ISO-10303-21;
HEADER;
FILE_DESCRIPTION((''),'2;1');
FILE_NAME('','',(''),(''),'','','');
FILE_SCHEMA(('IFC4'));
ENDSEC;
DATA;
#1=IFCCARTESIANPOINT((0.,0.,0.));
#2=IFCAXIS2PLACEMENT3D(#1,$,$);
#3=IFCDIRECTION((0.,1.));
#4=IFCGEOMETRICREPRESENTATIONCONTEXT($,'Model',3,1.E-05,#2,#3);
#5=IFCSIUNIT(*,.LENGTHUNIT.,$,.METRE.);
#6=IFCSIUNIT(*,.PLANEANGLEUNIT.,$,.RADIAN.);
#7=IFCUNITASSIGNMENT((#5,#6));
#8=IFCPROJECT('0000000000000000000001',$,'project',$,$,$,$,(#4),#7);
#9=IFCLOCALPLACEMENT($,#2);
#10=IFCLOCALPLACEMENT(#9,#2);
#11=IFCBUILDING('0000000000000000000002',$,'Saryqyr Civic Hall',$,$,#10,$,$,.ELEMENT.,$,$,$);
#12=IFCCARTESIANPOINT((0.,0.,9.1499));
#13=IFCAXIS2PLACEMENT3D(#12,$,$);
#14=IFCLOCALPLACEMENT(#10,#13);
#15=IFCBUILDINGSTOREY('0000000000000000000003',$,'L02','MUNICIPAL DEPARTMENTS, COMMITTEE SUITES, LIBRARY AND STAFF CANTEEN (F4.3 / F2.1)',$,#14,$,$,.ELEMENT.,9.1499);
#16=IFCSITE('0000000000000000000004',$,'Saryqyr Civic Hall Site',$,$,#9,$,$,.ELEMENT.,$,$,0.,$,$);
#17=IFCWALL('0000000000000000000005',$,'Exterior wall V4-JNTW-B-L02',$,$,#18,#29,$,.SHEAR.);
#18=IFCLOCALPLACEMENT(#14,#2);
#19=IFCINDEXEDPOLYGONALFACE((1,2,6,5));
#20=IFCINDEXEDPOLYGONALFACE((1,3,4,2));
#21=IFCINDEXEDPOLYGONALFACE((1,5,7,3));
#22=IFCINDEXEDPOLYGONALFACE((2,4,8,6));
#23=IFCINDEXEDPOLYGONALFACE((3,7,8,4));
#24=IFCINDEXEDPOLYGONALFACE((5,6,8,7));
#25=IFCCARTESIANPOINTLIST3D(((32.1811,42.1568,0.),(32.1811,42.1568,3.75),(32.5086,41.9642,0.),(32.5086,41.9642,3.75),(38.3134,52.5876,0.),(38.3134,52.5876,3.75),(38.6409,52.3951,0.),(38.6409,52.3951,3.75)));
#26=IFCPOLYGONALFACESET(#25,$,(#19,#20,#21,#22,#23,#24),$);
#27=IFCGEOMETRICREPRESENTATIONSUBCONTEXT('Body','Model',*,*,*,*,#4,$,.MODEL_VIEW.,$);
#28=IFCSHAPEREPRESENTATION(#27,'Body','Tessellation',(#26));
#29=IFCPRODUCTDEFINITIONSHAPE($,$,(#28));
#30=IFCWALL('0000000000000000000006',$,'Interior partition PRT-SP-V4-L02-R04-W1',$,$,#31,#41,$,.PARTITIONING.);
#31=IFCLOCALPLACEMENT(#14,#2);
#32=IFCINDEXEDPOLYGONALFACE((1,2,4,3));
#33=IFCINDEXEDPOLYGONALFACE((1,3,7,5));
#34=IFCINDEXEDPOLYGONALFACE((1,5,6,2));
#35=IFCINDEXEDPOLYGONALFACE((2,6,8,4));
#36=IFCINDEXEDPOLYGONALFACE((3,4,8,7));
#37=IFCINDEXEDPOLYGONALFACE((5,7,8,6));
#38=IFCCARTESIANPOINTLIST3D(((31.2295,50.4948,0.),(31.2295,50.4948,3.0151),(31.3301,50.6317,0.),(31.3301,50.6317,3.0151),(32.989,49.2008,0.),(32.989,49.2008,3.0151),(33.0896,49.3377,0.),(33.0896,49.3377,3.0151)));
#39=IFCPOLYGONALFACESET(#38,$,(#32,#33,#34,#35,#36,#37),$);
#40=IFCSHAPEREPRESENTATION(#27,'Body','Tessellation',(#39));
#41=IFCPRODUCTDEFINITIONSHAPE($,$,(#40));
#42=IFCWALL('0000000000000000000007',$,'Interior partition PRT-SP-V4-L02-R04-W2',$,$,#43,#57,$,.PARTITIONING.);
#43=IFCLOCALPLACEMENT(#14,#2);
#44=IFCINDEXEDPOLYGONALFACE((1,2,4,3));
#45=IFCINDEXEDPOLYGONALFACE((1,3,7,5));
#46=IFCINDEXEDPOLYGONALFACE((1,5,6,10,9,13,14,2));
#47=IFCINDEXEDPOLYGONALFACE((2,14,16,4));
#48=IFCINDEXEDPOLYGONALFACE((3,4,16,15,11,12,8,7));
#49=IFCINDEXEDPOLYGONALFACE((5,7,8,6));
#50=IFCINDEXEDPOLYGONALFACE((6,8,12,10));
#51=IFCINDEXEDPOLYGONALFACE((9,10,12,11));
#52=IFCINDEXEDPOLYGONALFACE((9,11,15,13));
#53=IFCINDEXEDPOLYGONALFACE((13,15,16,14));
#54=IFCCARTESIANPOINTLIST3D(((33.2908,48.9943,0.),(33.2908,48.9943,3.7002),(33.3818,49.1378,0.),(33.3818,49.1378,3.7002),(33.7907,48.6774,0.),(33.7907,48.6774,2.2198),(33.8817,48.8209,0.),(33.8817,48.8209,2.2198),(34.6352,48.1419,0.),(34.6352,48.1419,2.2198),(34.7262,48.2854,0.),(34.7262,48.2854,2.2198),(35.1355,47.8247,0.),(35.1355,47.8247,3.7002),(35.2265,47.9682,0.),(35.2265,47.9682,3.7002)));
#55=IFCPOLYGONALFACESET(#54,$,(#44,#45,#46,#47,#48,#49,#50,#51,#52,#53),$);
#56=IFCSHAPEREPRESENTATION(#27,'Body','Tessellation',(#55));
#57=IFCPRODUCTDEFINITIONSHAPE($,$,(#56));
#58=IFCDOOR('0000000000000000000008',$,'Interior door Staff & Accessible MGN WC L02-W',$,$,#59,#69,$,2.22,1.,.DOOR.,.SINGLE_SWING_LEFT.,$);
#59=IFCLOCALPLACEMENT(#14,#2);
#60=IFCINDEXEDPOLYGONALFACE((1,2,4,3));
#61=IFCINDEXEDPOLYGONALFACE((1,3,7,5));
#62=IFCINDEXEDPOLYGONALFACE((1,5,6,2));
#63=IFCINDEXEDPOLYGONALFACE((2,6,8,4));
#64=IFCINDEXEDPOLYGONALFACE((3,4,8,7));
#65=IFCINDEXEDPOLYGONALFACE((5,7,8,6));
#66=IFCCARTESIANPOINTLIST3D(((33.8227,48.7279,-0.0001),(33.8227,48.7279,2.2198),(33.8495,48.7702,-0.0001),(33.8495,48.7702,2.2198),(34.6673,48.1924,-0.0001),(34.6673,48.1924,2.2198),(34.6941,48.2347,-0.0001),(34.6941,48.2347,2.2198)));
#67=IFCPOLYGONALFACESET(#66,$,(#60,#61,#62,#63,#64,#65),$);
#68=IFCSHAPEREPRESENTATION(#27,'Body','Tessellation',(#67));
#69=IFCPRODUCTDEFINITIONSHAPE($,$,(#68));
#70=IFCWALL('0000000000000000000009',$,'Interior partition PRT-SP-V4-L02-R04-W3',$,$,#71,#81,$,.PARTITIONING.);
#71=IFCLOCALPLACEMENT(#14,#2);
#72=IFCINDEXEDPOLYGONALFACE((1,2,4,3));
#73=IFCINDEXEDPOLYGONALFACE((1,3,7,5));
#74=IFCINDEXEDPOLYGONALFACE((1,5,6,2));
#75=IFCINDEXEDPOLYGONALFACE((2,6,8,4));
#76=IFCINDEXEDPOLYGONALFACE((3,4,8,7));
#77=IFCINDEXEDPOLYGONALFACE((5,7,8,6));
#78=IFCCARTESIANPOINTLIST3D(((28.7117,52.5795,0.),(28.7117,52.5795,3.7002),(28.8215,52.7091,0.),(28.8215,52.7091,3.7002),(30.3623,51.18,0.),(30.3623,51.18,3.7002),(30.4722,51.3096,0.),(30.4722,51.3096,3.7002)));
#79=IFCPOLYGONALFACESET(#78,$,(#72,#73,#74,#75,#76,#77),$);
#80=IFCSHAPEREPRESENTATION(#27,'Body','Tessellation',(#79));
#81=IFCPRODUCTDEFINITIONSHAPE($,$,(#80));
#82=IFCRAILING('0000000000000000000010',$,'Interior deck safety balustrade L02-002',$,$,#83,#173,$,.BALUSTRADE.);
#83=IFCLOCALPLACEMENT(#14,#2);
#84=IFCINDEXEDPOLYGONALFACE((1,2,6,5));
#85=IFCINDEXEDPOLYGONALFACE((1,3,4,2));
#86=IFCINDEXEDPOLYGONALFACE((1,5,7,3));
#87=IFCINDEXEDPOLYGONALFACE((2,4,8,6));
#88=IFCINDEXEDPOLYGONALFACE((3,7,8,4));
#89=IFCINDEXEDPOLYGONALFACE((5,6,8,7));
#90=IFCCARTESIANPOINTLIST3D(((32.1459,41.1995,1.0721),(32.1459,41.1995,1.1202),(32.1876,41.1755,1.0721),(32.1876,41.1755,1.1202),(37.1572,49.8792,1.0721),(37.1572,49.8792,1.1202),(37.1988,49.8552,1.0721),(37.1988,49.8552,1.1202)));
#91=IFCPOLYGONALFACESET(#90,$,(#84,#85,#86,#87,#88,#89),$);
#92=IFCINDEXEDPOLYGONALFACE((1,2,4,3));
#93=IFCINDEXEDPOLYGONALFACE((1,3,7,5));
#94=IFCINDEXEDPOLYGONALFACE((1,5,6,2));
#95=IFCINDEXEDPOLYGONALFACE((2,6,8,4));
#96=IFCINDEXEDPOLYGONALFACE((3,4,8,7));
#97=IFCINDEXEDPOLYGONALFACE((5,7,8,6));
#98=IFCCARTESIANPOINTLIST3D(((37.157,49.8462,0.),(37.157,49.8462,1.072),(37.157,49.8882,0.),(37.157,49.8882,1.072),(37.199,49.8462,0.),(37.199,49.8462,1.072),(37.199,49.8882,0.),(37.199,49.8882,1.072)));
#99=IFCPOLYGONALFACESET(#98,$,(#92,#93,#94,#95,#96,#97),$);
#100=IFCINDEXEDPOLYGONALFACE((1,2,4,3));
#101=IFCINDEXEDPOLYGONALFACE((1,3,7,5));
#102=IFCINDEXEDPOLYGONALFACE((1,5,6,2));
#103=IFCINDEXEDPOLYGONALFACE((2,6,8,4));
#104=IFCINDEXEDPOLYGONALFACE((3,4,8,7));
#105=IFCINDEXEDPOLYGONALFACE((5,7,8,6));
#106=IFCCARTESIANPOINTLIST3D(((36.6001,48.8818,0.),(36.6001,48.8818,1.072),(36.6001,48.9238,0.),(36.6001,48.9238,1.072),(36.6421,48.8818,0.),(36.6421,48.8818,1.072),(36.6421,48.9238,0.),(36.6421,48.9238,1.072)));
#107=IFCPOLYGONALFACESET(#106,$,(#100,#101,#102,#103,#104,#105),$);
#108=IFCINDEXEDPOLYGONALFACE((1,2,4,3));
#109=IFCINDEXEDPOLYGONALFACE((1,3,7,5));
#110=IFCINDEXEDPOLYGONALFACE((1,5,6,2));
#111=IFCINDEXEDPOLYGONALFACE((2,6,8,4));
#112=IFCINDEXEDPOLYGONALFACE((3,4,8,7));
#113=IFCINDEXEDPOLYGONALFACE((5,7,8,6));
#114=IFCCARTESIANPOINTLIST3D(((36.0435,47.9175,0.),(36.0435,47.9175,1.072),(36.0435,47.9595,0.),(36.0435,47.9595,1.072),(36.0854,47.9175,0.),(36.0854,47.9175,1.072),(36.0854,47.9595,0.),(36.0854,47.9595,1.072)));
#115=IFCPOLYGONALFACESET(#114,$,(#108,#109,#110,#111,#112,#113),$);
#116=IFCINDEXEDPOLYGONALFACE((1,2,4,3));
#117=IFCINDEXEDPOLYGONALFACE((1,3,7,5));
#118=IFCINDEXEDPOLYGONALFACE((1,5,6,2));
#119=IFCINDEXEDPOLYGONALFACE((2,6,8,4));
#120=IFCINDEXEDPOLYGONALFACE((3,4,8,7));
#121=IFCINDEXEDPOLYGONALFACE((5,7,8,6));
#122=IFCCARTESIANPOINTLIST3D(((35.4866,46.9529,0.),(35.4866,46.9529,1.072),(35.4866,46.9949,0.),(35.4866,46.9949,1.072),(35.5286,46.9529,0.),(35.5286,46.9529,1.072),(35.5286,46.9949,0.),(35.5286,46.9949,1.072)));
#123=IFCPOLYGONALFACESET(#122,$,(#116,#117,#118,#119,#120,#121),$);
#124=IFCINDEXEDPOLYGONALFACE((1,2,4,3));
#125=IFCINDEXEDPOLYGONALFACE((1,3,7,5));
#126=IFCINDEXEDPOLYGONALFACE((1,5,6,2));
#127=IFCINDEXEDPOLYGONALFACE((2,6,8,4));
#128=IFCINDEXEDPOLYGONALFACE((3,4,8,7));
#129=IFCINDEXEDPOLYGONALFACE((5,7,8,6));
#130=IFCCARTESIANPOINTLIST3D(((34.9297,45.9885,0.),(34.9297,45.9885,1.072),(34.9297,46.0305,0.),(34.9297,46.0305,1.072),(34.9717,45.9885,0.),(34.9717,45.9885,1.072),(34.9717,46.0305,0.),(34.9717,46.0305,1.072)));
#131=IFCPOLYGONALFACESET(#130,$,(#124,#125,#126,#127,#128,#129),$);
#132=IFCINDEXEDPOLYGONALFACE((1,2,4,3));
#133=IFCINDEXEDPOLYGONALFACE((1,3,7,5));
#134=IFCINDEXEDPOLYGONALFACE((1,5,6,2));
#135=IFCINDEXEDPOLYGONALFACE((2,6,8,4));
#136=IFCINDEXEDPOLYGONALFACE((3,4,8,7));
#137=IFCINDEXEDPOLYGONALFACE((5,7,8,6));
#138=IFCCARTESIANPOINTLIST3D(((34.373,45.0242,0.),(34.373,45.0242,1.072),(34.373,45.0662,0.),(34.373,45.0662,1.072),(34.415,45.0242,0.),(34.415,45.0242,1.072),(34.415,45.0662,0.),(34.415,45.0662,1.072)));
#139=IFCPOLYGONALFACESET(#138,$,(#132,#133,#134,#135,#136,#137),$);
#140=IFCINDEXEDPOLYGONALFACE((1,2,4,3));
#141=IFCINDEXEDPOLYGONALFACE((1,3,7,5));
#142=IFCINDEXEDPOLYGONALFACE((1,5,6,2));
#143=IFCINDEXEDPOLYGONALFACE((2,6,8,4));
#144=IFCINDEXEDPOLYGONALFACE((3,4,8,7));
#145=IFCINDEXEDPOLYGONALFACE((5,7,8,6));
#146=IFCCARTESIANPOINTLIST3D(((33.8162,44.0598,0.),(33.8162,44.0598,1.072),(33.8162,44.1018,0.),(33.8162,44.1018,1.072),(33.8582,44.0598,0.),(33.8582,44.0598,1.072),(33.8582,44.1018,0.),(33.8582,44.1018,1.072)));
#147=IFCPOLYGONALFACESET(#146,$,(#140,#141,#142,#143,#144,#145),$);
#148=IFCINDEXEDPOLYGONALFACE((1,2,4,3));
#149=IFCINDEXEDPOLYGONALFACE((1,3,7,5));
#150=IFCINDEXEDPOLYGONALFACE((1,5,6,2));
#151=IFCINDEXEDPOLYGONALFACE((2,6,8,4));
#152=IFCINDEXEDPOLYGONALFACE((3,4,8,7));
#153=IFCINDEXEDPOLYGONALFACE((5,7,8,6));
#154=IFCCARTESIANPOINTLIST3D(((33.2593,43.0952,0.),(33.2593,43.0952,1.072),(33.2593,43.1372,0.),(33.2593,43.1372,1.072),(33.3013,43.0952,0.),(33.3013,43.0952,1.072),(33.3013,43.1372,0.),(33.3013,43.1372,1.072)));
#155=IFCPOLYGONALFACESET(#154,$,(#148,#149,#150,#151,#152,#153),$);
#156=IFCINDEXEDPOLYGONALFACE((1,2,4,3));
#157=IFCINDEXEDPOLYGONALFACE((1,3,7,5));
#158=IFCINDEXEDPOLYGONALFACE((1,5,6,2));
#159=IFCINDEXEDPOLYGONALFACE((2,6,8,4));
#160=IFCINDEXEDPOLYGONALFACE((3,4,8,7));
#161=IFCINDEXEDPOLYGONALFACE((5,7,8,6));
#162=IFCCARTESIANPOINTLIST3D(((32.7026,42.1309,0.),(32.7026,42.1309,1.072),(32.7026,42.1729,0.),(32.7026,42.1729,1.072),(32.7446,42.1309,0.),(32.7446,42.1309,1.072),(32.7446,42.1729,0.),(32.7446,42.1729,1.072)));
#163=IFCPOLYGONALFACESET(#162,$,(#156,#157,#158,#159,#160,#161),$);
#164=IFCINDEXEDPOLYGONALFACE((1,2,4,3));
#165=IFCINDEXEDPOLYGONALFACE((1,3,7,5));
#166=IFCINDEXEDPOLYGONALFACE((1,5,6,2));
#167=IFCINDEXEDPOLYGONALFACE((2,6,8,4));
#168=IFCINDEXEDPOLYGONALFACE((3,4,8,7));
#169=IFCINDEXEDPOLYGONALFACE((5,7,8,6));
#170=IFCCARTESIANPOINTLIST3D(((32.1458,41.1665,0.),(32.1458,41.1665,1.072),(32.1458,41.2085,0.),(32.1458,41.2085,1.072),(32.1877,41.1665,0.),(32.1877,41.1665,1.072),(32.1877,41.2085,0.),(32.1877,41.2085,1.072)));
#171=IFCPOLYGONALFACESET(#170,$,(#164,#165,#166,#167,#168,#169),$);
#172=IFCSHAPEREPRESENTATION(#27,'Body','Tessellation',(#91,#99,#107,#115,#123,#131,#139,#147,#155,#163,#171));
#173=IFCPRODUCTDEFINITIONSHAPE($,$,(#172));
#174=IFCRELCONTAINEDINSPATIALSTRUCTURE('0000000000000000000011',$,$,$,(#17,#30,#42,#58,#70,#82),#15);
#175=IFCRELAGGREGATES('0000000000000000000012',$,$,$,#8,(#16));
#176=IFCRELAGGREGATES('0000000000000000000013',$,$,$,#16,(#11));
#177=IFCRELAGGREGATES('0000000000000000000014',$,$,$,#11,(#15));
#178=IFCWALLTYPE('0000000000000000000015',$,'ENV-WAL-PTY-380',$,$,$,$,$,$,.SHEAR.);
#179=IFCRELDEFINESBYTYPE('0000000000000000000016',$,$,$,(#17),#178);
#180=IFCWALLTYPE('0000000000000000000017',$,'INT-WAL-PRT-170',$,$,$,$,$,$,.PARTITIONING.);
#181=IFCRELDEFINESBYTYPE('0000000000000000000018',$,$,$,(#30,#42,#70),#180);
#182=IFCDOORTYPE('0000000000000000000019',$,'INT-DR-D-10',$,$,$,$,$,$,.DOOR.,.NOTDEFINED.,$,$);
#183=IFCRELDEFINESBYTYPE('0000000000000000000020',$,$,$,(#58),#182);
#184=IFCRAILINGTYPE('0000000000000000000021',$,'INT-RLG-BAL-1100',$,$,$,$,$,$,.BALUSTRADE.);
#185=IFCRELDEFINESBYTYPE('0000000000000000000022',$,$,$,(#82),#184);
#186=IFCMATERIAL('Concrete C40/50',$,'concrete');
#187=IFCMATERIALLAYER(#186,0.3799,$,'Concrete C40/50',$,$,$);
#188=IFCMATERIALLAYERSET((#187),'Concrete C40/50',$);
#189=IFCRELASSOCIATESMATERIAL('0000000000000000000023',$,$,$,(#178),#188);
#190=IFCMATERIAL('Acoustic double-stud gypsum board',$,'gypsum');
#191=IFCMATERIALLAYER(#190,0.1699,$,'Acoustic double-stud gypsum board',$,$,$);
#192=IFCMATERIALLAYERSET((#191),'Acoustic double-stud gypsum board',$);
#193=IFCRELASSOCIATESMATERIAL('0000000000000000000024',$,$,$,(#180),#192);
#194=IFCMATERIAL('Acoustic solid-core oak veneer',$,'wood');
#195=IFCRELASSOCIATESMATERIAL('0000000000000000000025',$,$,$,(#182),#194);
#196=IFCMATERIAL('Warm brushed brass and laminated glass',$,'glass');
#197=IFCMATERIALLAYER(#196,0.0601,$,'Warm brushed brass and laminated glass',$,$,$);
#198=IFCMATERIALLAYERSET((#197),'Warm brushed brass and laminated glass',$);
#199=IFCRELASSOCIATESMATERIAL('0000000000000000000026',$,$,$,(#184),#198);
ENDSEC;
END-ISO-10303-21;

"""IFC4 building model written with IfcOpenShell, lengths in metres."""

from ifc_helpers import new_model, si_unit, direction, frame, frame_2d, origin, origin_2d, place, context, subcontext, project, spatial, rectangle, extrude, material, layer, layer_set, type_object, element, fill, save


model = new_model("IFC4")

# Units and contexts
model_context = context("Model", 3, precision=1e-05, world=origin(), true_north=direction((0.0, 1.0)))
body_context = subcontext(model_context, "Body", "Model", "MODEL_VIEW")
ifc_project = project(units=[si_unit("LENGTHUNIT", "METRE"), si_unit("PLANEANGLEUNIT", "RADIAN")], contexts=[model_context])

# Site, building, storey
site_placement = place(None, origin())
site = spatial("IfcSite", under=ifc_project, at=site_placement, Name="Saryqyr Civic Hall Site", CompositionType="ELEMENT", RefElevation=0.0)
building_placement = place(site_placement, origin())
building = spatial("IfcBuilding", under=site, at=building_placement, Name="Saryqyr Civic Hall", CompositionType="ELEMENT")
storey_placement = place(building_placement, frame((0.0, 0.0, 9.1499)))
storey = spatial("IfcBuildingStorey", under=building, at=storey_placement, Name="L02", Description="MUNICIPAL DEPARTMENTS, COMMITTEE SUITES, LIBRARY AND STAFF CANTEEN (F4.3 / F2.1)", CompositionType="ELEMENT", Elevation=9.1499)

# Shared definitions
ifc_material_1 = material(Name="Concrete C40/50", Category="concrete")

# Walls
ifc_layer_1 = layer(ifc_material_1, 0.3799, Name="Concrete C40/50")
ifc_layer_set_1 = layer_set([ifc_layer_1], Name="Concrete C40/50")
wall_type_1 = type_object("IfcWallType", Name="ENV-WAL-PTY-380", PredefinedType="SHEAR", material=ifc_layer_set_1)
wall_1_placement = place(storey_placement, frame((38.4771, 52.4912, 0.0), z_axis=(0.0, 0.0, 1.0), x_axis=(-0.506805, -0.862061, 0.0)))
element("IfcWall", 1, at=wall_1_placement, inside=storey, type_object=wall_type_1, Name="Exterior wall V4-JNTW-B-L02", PredefinedType="SHEAR", context=body_context, shape_type="SweptSolid", body=[
    extrude(rectangle(XDim=12.0999, YDim=0.3799, at=frame_2d((6.0498, 0.0))), origin(), (0.0, 0.0, 1.0), 3.75),
])
ifc_material_2 = material(Name="Acoustic double-stud gypsum board", Category="gypsum")
ifc_layer_2 = layer(ifc_material_2, 0.1699, Name="Acoustic double-stud gypsum board")
ifc_layer_set_2 = layer_set([ifc_layer_2], Name="Acoustic double-stud gypsum board")
wall_type_2 = type_object("IfcWallType", Name="INT-WAL-PRT-170", PredefinedType="PARTITIONING", material=ifc_layer_set_2)
wall_2_placement = place(storey_placement, frame((31.2798, 50.5632, 0.0), z_axis=(0.0, 0.0, 1.0), x_axis=(0.805612, -0.592444, 0.0)))
element("IfcWall", 2, at=wall_2_placement, inside=storey, type_object=wall_type_2, Name="Interior partition PRT-SP-V4-L02-R04-W1", PredefinedType="PARTITIONING", context=body_context, shape_type="SweptSolid", body=[
    extrude(rectangle(XDim=2.1841, YDim=0.1699, at=frame_2d((1.092, 0.0))), origin(), (0.0, 0.0, 1.0), 3.0151),
])

# Wall, opening, door
wall_3_placement = place(storey_placement, frame((33.3362, 49.0662, 0.0), z_axis=(0.0, 0.0, 1.0), x_axis=(0.844539, -0.535493, 0.0)))
wall_3 = element("IfcWall", 3, at=wall_3_placement, inside=storey, type_object=wall_type_2, Name="Interior partition PRT-SP-V4-L02-R04-W2", PredefinedType="PARTITIONING", context=body_context, shape_type="SweptSolid", body=[
    extrude(rectangle(XDim=2.1843, YDim=0.1699, at=frame_2d((1.0923, 0.0))), origin(), (0.0, 0.0, 1.0), 3.7002),
])
opening_1_placement = place(wall_3_placement, frame((0.592, 0.0, 0.0)))
opening_1 = element("IfcOpeningElement", 4, at=opening_1_placement, cuts=wall_3, PredefinedType="OPENING", context=body_context, shape_type="SweptSolid", body=[
    extrude(rectangle(XDim=1.0, YDim=2.22, at=frame_2d((0.5, 1.1099))), frame((0.0, 0.095, 0.0), z_axis=(0.0, -1.0, 0.0), x_axis=(1.0, 0.0, 0.0)), (0.0, 0.0, 1.0), 0.1899),
])
ifc_material_3 = material(Name="Acoustic solid-core oak veneer", Category="wood")
door_type = type_object("IfcDoorType", Name="INT-DR-D-10", OperationType="NOTDEFINED", PredefinedType="DOOR", material=ifc_material_3)
door_placement = place(opening_1_placement, origin())
door = element("IfcDoor", 5, at=door_placement, inside=storey, type_object=door_type, Name="Interior door Staff & Accessible MGN WC L02-W", OperationType="SINGLE_SWING_LEFT", OverallHeight=2.22, OverallWidth=1.0, PredefinedType="DOOR", context=body_context, shape_type="SweptSolid", body=[
    extrude(rectangle(XDim=1.0, YDim=2.22, at=frame_2d((0.5, 1.1099))), frame((0.0, 0.0249, 0.0), z_axis=(0.0, -1.0, 0.0), x_axis=(1.0, 0.0, 0.0)), (0.0, 0.0, 1.0), 0.05),
])
fill(opening_1, door)

# Wall
wall_4_placement = place(storey_placement, frame((28.7666, 52.6443, 0.0), z_axis=(0.0, 0.0, 1.0), x_axis=(0.762765, -0.646675, 0.0)))
element("IfcWall", 6, at=wall_4_placement, inside=storey, type_object=wall_type_2, Name="Interior partition PRT-SP-V4-L02-R04-W3", PredefinedType="PARTITIONING", context=body_context, shape_type="SweptSolid", body=[
    extrude(rectangle(XDim=2.1641, YDim=0.1699, at=frame_2d((1.082, 0.0))), origin(), (0.0, 0.0, 1.0), 3.7002),
])

# Railing
ifc_material_4 = material(Name="Warm brushed brass and laminated glass", Category="glass")
ifc_layer_3 = layer(ifc_material_4, 0.0601, Name="Warm brushed brass and laminated glass")
ifc_layer_set_3 = layer_set([ifc_layer_3], Name="Warm brushed brass and laminated glass")
railing_type = type_object("IfcRailingType", Name="INT-RLG-BAL-1100", PredefinedType="BALUSTRADE", material=ifc_layer_set_3)
railing_1_placement = place(storey_placement, frame((37.178, 49.8672, 0.0)))
element("IfcRailing", 7, at=railing_1_placement, inside=storey, type_object=railing_type, Name="Interior deck safety balustrade L02-002", PredefinedType="BALUSTRADE", context=body_context, shape_type="SweptSolid", body=[
    extrude(rectangle(XDim=0.0481, YDim=0.0481, at=origin_2d()), frame((0.0, 0.0, 1.0962), z_axis=(-0.500001, -0.866025, 0.0), x_axis=(0.866025, -0.500001, 0.0)), (0.0, 0.0, 1.0), 10.0225),
    extrude(rectangle(XDim=0.042, YDim=0.042, at=origin_2d()), origin(), (0.0, 0.0, 1.0), 1.072),
    extrude(rectangle(XDim=0.042, YDim=0.042, at=origin_2d()), frame((-0.5569, -0.9644, 0.0)), (0.0, 0.0, 1.0), 1.072),
    extrude(rectangle(XDim=0.042, YDim=0.042, at=origin_2d()), frame((-1.1135, -1.9287, 0.0)), (0.0, 0.0, 1.0), 1.072),
    extrude(rectangle(XDim=0.042, YDim=0.042, at=origin_2d()), frame((-1.6704, -2.8933, 0.0)), (0.0, 0.0, 1.0), 1.072),
    extrude(rectangle(XDim=0.042, YDim=0.042, at=origin_2d()), frame((-2.2273, -3.8577, 0.0)), (0.0, 0.0, 1.0), 1.072),
    extrude(rectangle(XDim=0.042, YDim=0.042, at=origin_2d()), frame((-2.7839, -4.822, 0.0)), (0.0, 0.0, 1.0), 1.072),
    extrude(rectangle(XDim=0.042, YDim=0.042, at=origin_2d()), frame((-3.3408, -5.7864, 0.0)), (0.0, 0.0, 1.0), 1.072),
    extrude(rectangle(XDim=0.042, YDim=0.042, at=origin_2d()), frame((-3.8977, -6.751, 0.0)), (0.0, 0.0, 1.0), 1.072),
    extrude(rectangle(XDim=0.042, YDim=0.042, at=origin_2d()), frame((-4.4543, -7.7153, 0.0)), (0.0, 0.0, 1.0), 1.072),
    extrude(rectangle(XDim=0.042, YDim=0.042, at=origin_2d()), frame((-5.0112, -8.6797, 0.0)), (0.0, 0.0, 1.0), 1.072),
])

save(model, "model.ifc")
